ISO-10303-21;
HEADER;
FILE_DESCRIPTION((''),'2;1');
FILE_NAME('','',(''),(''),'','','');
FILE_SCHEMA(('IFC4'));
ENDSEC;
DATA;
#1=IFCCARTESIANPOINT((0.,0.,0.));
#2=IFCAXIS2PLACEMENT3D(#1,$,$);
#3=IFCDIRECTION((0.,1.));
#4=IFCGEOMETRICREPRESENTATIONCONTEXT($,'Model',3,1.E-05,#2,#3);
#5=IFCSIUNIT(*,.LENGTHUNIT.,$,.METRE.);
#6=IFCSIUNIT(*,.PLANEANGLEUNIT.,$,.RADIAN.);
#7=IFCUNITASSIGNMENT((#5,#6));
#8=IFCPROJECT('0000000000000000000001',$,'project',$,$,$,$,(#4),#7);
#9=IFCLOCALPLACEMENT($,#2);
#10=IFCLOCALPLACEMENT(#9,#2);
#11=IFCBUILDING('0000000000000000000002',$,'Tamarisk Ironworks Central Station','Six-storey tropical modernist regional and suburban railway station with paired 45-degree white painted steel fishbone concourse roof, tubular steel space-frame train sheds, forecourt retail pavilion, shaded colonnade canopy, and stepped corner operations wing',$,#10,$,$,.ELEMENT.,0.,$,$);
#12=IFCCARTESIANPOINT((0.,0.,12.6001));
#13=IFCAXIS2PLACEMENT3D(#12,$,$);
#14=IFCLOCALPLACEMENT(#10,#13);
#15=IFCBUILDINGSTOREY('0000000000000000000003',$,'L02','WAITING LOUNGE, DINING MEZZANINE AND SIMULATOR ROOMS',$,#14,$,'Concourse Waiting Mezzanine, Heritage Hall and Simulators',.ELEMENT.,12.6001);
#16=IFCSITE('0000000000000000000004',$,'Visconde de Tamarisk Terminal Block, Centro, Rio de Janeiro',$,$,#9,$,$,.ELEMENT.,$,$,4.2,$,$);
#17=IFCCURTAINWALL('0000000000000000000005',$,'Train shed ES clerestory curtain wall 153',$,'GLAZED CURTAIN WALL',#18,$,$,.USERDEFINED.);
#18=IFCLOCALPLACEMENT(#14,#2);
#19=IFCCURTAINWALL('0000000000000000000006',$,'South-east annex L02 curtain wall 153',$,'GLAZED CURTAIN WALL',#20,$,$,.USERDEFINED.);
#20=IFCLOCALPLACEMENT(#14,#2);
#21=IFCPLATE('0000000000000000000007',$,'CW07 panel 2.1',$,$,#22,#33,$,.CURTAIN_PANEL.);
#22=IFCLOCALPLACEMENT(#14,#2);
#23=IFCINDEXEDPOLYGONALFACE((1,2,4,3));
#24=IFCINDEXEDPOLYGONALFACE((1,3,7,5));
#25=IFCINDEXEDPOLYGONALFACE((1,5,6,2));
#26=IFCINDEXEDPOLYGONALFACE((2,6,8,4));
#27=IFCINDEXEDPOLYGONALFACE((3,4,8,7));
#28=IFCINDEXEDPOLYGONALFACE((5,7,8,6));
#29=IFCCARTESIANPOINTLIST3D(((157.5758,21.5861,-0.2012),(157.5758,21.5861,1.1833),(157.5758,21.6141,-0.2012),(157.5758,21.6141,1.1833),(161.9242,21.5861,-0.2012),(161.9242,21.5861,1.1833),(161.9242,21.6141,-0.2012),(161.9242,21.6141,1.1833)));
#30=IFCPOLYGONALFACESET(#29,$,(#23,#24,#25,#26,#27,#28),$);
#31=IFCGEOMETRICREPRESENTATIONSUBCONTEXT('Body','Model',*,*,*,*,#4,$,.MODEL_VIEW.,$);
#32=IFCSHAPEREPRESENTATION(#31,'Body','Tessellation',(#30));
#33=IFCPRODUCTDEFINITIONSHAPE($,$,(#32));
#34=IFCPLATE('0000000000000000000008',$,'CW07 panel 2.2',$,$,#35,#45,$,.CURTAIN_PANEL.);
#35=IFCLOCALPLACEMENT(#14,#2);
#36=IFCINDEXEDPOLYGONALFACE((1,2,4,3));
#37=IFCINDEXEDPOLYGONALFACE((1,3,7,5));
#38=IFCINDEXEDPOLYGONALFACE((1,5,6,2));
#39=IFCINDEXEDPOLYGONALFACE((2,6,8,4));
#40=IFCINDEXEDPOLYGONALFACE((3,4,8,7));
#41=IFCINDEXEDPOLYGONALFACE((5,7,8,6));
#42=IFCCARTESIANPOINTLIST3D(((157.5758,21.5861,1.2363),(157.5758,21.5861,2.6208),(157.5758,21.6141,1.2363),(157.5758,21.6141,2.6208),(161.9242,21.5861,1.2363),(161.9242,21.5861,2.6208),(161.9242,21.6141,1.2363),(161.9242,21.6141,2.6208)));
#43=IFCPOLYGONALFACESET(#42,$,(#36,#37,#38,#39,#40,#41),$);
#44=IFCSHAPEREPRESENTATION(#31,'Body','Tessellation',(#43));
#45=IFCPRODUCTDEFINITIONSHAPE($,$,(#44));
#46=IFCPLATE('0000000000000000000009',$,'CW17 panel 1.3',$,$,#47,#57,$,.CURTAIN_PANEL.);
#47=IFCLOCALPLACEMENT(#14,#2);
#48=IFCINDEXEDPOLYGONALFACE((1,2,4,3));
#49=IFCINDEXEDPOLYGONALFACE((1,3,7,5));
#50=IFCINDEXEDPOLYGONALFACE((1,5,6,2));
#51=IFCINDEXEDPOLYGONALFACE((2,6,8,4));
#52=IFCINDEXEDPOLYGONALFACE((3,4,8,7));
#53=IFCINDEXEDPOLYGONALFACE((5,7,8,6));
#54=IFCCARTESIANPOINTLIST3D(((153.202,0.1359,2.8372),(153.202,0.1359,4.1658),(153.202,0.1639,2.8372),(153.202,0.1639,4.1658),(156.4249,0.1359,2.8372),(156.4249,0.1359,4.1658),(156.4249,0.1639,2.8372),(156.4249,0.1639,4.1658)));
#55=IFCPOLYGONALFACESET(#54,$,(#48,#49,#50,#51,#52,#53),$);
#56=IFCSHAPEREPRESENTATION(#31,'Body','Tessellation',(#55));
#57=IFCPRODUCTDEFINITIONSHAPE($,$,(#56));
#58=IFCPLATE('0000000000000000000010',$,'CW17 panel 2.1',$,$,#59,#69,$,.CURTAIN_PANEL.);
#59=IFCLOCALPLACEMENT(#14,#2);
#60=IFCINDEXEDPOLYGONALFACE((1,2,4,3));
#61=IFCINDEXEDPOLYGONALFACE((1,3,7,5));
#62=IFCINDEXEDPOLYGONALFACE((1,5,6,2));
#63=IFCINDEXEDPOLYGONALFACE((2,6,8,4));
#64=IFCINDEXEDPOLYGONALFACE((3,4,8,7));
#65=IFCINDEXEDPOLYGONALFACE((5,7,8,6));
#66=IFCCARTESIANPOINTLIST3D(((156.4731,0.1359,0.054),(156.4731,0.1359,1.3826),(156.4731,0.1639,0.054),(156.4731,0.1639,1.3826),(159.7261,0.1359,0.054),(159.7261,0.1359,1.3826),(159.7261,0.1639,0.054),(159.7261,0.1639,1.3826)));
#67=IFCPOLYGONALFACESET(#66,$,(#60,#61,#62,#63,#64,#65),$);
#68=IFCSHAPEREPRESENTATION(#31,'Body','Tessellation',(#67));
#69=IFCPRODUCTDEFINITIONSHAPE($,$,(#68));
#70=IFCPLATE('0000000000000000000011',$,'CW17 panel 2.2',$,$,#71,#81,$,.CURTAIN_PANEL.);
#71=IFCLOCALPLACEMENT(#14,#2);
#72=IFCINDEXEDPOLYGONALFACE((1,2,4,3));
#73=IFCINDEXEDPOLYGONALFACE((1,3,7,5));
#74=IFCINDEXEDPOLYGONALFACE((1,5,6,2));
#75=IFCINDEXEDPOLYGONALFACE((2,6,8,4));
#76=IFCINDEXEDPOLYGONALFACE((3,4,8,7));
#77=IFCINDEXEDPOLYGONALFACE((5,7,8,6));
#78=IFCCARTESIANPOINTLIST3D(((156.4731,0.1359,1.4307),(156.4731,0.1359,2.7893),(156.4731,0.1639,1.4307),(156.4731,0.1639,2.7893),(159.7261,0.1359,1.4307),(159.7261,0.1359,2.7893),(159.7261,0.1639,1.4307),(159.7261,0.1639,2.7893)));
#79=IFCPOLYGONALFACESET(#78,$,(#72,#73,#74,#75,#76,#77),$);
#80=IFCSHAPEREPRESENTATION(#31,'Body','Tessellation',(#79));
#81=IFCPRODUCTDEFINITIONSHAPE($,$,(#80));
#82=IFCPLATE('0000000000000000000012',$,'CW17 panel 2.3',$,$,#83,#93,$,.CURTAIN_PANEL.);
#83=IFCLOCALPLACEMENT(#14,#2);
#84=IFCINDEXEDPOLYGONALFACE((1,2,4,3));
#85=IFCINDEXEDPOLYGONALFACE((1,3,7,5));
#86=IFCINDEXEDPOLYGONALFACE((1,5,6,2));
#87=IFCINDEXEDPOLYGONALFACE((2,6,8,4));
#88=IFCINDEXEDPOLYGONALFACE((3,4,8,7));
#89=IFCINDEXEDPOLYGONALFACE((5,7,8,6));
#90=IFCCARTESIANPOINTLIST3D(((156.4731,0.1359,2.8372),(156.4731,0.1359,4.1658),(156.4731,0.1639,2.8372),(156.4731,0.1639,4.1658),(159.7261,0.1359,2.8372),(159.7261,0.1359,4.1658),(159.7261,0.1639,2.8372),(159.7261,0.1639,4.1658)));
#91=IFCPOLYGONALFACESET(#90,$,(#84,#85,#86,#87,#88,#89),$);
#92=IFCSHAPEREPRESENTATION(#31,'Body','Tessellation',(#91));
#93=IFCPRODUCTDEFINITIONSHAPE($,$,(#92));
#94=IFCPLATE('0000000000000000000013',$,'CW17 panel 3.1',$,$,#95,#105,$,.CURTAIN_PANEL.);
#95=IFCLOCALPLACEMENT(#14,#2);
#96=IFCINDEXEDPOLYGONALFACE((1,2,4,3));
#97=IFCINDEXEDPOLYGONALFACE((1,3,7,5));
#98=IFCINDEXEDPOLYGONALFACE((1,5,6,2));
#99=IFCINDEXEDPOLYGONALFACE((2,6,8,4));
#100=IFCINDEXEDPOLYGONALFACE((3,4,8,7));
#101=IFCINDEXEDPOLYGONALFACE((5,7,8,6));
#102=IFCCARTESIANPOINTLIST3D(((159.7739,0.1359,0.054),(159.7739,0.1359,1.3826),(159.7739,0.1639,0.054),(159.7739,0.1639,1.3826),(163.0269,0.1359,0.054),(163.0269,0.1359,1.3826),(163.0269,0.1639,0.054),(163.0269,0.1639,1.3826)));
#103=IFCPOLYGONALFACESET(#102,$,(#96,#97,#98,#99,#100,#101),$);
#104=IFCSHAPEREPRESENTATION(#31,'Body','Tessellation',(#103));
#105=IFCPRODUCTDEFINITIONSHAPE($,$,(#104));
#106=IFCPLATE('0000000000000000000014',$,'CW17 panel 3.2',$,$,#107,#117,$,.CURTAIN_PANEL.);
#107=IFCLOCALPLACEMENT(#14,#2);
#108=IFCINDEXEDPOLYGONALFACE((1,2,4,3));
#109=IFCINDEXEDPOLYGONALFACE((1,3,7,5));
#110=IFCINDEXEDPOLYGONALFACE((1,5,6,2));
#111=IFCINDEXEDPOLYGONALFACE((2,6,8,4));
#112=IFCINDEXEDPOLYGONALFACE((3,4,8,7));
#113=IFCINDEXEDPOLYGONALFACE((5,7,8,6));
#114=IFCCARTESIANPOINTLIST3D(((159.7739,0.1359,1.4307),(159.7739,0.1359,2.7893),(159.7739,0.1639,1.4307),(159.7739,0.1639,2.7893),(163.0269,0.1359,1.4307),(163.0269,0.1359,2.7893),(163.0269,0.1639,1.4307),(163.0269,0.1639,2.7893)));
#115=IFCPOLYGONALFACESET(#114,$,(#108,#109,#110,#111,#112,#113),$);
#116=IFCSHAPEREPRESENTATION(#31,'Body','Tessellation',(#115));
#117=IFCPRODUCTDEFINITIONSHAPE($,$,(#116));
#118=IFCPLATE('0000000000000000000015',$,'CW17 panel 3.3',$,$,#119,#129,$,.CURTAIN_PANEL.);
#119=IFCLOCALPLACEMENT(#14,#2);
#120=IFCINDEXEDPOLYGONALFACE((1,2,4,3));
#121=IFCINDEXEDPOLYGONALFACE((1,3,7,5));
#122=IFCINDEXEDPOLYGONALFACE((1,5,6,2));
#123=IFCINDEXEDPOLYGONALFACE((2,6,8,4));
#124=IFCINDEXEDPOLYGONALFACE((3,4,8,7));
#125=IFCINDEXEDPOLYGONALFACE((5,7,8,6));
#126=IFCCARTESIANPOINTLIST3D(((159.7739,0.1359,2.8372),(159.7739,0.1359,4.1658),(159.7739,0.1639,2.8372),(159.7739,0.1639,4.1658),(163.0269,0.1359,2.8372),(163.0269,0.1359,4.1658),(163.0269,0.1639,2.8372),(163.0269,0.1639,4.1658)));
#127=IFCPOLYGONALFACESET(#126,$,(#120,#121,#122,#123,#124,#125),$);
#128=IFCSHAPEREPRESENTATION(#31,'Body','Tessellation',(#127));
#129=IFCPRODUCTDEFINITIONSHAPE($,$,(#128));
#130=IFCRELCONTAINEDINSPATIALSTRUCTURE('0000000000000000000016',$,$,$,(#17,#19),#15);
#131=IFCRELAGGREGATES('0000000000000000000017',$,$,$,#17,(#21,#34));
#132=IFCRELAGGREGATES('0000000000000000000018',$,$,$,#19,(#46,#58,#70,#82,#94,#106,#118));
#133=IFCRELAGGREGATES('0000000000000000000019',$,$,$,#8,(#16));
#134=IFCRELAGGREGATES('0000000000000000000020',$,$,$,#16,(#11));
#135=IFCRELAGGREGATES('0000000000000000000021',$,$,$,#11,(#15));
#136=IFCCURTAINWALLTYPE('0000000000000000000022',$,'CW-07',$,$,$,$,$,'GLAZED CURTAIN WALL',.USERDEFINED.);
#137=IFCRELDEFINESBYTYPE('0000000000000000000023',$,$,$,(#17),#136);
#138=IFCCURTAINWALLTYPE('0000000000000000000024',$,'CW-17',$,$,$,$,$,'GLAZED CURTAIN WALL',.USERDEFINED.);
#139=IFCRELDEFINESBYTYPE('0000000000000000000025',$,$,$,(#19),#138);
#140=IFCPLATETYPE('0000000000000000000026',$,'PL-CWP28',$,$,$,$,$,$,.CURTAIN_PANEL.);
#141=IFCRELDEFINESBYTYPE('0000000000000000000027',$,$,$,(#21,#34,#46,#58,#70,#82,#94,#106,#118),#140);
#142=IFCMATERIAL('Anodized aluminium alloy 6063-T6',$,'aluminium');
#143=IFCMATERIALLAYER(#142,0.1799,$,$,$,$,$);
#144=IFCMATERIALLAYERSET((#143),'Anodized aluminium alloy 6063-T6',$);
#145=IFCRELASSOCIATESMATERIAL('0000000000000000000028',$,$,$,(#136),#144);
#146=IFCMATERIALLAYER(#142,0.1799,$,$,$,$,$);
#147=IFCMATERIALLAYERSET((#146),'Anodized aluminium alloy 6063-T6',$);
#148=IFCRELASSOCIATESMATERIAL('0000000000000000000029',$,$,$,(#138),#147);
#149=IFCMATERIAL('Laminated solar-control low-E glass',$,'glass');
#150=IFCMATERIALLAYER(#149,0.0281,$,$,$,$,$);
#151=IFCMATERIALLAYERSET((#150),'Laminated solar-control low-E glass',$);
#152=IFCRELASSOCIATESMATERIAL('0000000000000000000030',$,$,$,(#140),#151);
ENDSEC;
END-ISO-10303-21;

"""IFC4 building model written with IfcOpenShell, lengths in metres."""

from ifc_helpers import new_model, si_unit, direction, frame, origin, origin_2d, place, context, subcontext, project, spatial, rectangle, extrude, material, layer, layer_set, type_object, element, aggregate, save


model = new_model("IFC4")

# Units and contexts
model_context = context("Model", 3, precision=1e-05, world=origin(), true_north=direction((0.0, 1.0)))
body_context = subcontext(model_context, "Body", "Model", "MODEL_VIEW")
ifc_project = project(units=[si_unit("LENGTHUNIT", "METRE"), si_unit("PLANEANGLEUNIT", "RADIAN")], contexts=[model_context])

# Site, building, storey
site_placement = place(None, origin())
site = spatial("IfcSite", under=ifc_project, at=site_placement, Name="Visconde de Tamarisk Terminal Block, Centro, Rio de Janeiro", CompositionType="ELEMENT", RefElevation=4.2)
building_placement = place(site_placement, origin())
building = spatial("IfcBuilding", under=site, at=building_placement, Name="Tamarisk Ironworks Central Station", Description="Six-storey tropical modernist regional and suburban railway station with paired 45-degree white painted steel fishbone concourse roof, tubular steel space-frame train sheds, forecourt retail pavilion, shaded colonnade canopy, and stepped corner operations wing", CompositionType="ELEMENT", ElevationOfRefHeight=0.0)
storey_placement = place(building_placement, frame((0.0, 0.0, 12.6001)))
storey = spatial("IfcBuildingStorey", under=building, at=storey_placement, Name="L02", Description="WAITING LOUNGE, DINING MEZZANINE AND SIMULATOR ROOMS", LongName="Concourse Waiting Mezzanine, Heritage Hall and Simulators", CompositionType="ELEMENT", Elevation=12.6001)

# Curtain walls
ifc_material_1 = material(Name="Anodized aluminium alloy 6063-T6", Category="aluminium")
ifc_layer_1 = layer(ifc_material_1, 0.1799)
ifc_layer_set_1 = layer_set([ifc_layer_1], Name="Anodized aluminium alloy 6063-T6")
curtain_wall_type_1 = type_object("IfcCurtainWallType", Name="CW-07", ElementType="GLAZED CURTAIN WALL", PredefinedType="USERDEFINED", material=ifc_layer_set_1)
curtain_wall_1_placement = place(storey_placement, origin())
curtain_wall_1 = element("IfcCurtainWall", 1, at=curtain_wall_1_placement, inside=storey, type_object=curtain_wall_type_1, Name="Train shed ES clerestory curtain wall 153", ObjectType="GLAZED CURTAIN WALL", PredefinedType="USERDEFINED")
ifc_layer_2 = layer(ifc_material_1, 0.1799)
ifc_layer_set_2 = layer_set([ifc_layer_2], Name="Anodized aluminium alloy 6063-T6")
curtain_wall_type_2 = type_object("IfcCurtainWallType", Name="CW-17", ElementType="GLAZED CURTAIN WALL", PredefinedType="USERDEFINED", material=ifc_layer_set_2)
curtain_wall_2_placement = place(storey_placement, origin())
curtain_wall_2 = element("IfcCurtainWall", 2, at=curtain_wall_2_placement, inside=storey, type_object=curtain_wall_type_2, Name="South-east annex L02 curtain wall 153", ObjectType="GLAZED CURTAIN WALL", PredefinedType="USERDEFINED")

# Plates
ifc_material_2 = material(Name="Laminated solar-control low-E glass", Category="glass")
ifc_layer_3 = layer(ifc_material_2, 0.0281)
ifc_layer_set_3 = layer_set([ifc_layer_3], Name="Laminated solar-control low-E glass")
plate_type = type_object("IfcPlateType", Name="PL-CWP28", PredefinedType="CURTAIN_PANEL", material=ifc_layer_set_3)
plate_1_placement = place(storey_placement, frame((159.75, 21.6001, -0.2012), z_axis=(0.0, 0.0, 1.0), x_axis=(1.0, 0.0, 0.0)))
plate_1 = element("IfcPlate", 3, at=plate_1_placement, type_object=plate_type, Name="CW07 panel 2.1", PredefinedType="CURTAIN_PANEL", context=body_context, shape_type="SweptSolid", body=[
    extrude(rectangle(XDim=4.3484, YDim=0.0281, at=origin_2d()), origin(), (0.0, 0.0, 1.0), 1.3845),
])
plate_2_placement = place(storey_placement, frame((159.75, 21.6001, 1.2363), z_axis=(0.0, 0.0, 1.0), x_axis=(1.0, 0.0, 0.0)))
plate_2 = element("IfcPlate", 4, at=plate_2_placement, type_object=plate_type, Name="CW07 panel 2.2", PredefinedType="CURTAIN_PANEL", context=body_context, shape_type="SweptSolid", body=[
    extrude(rectangle(XDim=4.3484, YDim=0.0281, at=origin_2d()), origin(), (0.0, 0.0, 1.0), 1.3845),
])
aggregate(curtain_wall_1, [plate_1, plate_2])
plate_3_placement = place(storey_placement, frame((154.8135, 0.1499, 2.8372), z_axis=(0.0, 0.0, 1.0), x_axis=(1.0, 0.0, 0.0)))
plate_3 = element("IfcPlate", 5, at=plate_3_placement, type_object=plate_type, Name="CW17 panel 1.3", PredefinedType="CURTAIN_PANEL", context=body_context, shape_type="SweptSolid", body=[
    extrude(rectangle(XDim=3.2229, YDim=0.0281, at=origin_2d()), origin(), (0.0, 0.0, 1.0), 1.3286),
])
plate_4_placement = place(storey_placement, frame((158.0996, 0.1499, 0.054), z_axis=(0.0, 0.0, 1.0), x_axis=(1.0, 0.0, 0.0)))
plate_4 = element("IfcPlate", 6, at=plate_4_placement, type_object=plate_type, Name="CW17 panel 2.1", PredefinedType="CURTAIN_PANEL", context=body_context, shape_type="SweptSolid", body=[
    extrude(rectangle(XDim=3.2529, YDim=0.0281, at=origin_2d()), origin(), (0.0, 0.0, 1.0), 1.3286),
])
plate_5_placement = place(storey_placement, frame((158.0996, 0.1499, 1.4307), z_axis=(0.0, 0.0, 1.0), x_axis=(1.0, 0.0, 0.0)))
plate_5 = element("IfcPlate", 7, at=plate_5_placement, type_object=plate_type, Name="CW17 panel 2.2", PredefinedType="CURTAIN_PANEL", context=body_context, shape_type="SweptSolid", body=[
    extrude(rectangle(XDim=3.2529, YDim=0.0281, at=origin_2d()), origin(), (0.0, 0.0, 1.0), 1.3586),
])
plate_6_placement = place(storey_placement, frame((158.0996, 0.1499, 2.8372), z_axis=(0.0, 0.0, 1.0), x_axis=(1.0, 0.0, 0.0)))
plate_6 = element("IfcPlate", 8, at=plate_6_placement, type_object=plate_type, Name="CW17 panel 2.3", PredefinedType="CURTAIN_PANEL", context=body_context, shape_type="SweptSolid", body=[
    extrude(rectangle(XDim=3.2529, YDim=0.0281, at=origin_2d()), origin(), (0.0, 0.0, 1.0), 1.3286),
])
plate_7_placement = place(storey_placement, frame((161.4004, 0.1499, 0.054), z_axis=(0.0, 0.0, 1.0), x_axis=(1.0, 0.0, 0.0)))
plate_7 = element("IfcPlate", 9, at=plate_7_placement, type_object=plate_type, Name="CW17 panel 3.1", PredefinedType="CURTAIN_PANEL", context=body_context, shape_type="SweptSolid", body=[
    extrude(rectangle(XDim=3.2529, YDim=0.0281, at=origin_2d()), origin(), (0.0, 0.0, 1.0), 1.3286),
])
plate_8_placement = place(storey_placement, frame((161.4004, 0.1499, 1.4307), z_axis=(0.0, 0.0, 1.0), x_axis=(1.0, 0.0, 0.0)))
plate_8 = element("IfcPlate", 10, at=plate_8_placement, type_object=plate_type, Name="CW17 panel 3.2", PredefinedType="CURTAIN_PANEL", context=body_context, shape_type="SweptSolid", body=[
    extrude(rectangle(XDim=3.2529, YDim=0.0281, at=origin_2d()), origin(), (0.0, 0.0, 1.0), 1.3586),
])
plate_9_placement = place(storey_placement, frame((161.4004, 0.1499, 2.8372), z_axis=(0.0, 0.0, 1.0), x_axis=(1.0, 0.0, 0.0)))
plate_9 = element("IfcPlate", 11, at=plate_9_placement, type_object=plate_type, Name="CW17 panel 3.3", PredefinedType="CURTAIN_PANEL", context=body_context, shape_type="SweptSolid", body=[
    extrude(rectangle(XDim=3.2529, YDim=0.0281, at=origin_2d()), origin(), (0.0, 0.0, 1.0), 1.3286),
])
aggregate(curtain_wall_2, [plate_3, plate_4, plate_5, plate_6, plate_7, plate_8, plate_9])

save(model, "model.ifc")
